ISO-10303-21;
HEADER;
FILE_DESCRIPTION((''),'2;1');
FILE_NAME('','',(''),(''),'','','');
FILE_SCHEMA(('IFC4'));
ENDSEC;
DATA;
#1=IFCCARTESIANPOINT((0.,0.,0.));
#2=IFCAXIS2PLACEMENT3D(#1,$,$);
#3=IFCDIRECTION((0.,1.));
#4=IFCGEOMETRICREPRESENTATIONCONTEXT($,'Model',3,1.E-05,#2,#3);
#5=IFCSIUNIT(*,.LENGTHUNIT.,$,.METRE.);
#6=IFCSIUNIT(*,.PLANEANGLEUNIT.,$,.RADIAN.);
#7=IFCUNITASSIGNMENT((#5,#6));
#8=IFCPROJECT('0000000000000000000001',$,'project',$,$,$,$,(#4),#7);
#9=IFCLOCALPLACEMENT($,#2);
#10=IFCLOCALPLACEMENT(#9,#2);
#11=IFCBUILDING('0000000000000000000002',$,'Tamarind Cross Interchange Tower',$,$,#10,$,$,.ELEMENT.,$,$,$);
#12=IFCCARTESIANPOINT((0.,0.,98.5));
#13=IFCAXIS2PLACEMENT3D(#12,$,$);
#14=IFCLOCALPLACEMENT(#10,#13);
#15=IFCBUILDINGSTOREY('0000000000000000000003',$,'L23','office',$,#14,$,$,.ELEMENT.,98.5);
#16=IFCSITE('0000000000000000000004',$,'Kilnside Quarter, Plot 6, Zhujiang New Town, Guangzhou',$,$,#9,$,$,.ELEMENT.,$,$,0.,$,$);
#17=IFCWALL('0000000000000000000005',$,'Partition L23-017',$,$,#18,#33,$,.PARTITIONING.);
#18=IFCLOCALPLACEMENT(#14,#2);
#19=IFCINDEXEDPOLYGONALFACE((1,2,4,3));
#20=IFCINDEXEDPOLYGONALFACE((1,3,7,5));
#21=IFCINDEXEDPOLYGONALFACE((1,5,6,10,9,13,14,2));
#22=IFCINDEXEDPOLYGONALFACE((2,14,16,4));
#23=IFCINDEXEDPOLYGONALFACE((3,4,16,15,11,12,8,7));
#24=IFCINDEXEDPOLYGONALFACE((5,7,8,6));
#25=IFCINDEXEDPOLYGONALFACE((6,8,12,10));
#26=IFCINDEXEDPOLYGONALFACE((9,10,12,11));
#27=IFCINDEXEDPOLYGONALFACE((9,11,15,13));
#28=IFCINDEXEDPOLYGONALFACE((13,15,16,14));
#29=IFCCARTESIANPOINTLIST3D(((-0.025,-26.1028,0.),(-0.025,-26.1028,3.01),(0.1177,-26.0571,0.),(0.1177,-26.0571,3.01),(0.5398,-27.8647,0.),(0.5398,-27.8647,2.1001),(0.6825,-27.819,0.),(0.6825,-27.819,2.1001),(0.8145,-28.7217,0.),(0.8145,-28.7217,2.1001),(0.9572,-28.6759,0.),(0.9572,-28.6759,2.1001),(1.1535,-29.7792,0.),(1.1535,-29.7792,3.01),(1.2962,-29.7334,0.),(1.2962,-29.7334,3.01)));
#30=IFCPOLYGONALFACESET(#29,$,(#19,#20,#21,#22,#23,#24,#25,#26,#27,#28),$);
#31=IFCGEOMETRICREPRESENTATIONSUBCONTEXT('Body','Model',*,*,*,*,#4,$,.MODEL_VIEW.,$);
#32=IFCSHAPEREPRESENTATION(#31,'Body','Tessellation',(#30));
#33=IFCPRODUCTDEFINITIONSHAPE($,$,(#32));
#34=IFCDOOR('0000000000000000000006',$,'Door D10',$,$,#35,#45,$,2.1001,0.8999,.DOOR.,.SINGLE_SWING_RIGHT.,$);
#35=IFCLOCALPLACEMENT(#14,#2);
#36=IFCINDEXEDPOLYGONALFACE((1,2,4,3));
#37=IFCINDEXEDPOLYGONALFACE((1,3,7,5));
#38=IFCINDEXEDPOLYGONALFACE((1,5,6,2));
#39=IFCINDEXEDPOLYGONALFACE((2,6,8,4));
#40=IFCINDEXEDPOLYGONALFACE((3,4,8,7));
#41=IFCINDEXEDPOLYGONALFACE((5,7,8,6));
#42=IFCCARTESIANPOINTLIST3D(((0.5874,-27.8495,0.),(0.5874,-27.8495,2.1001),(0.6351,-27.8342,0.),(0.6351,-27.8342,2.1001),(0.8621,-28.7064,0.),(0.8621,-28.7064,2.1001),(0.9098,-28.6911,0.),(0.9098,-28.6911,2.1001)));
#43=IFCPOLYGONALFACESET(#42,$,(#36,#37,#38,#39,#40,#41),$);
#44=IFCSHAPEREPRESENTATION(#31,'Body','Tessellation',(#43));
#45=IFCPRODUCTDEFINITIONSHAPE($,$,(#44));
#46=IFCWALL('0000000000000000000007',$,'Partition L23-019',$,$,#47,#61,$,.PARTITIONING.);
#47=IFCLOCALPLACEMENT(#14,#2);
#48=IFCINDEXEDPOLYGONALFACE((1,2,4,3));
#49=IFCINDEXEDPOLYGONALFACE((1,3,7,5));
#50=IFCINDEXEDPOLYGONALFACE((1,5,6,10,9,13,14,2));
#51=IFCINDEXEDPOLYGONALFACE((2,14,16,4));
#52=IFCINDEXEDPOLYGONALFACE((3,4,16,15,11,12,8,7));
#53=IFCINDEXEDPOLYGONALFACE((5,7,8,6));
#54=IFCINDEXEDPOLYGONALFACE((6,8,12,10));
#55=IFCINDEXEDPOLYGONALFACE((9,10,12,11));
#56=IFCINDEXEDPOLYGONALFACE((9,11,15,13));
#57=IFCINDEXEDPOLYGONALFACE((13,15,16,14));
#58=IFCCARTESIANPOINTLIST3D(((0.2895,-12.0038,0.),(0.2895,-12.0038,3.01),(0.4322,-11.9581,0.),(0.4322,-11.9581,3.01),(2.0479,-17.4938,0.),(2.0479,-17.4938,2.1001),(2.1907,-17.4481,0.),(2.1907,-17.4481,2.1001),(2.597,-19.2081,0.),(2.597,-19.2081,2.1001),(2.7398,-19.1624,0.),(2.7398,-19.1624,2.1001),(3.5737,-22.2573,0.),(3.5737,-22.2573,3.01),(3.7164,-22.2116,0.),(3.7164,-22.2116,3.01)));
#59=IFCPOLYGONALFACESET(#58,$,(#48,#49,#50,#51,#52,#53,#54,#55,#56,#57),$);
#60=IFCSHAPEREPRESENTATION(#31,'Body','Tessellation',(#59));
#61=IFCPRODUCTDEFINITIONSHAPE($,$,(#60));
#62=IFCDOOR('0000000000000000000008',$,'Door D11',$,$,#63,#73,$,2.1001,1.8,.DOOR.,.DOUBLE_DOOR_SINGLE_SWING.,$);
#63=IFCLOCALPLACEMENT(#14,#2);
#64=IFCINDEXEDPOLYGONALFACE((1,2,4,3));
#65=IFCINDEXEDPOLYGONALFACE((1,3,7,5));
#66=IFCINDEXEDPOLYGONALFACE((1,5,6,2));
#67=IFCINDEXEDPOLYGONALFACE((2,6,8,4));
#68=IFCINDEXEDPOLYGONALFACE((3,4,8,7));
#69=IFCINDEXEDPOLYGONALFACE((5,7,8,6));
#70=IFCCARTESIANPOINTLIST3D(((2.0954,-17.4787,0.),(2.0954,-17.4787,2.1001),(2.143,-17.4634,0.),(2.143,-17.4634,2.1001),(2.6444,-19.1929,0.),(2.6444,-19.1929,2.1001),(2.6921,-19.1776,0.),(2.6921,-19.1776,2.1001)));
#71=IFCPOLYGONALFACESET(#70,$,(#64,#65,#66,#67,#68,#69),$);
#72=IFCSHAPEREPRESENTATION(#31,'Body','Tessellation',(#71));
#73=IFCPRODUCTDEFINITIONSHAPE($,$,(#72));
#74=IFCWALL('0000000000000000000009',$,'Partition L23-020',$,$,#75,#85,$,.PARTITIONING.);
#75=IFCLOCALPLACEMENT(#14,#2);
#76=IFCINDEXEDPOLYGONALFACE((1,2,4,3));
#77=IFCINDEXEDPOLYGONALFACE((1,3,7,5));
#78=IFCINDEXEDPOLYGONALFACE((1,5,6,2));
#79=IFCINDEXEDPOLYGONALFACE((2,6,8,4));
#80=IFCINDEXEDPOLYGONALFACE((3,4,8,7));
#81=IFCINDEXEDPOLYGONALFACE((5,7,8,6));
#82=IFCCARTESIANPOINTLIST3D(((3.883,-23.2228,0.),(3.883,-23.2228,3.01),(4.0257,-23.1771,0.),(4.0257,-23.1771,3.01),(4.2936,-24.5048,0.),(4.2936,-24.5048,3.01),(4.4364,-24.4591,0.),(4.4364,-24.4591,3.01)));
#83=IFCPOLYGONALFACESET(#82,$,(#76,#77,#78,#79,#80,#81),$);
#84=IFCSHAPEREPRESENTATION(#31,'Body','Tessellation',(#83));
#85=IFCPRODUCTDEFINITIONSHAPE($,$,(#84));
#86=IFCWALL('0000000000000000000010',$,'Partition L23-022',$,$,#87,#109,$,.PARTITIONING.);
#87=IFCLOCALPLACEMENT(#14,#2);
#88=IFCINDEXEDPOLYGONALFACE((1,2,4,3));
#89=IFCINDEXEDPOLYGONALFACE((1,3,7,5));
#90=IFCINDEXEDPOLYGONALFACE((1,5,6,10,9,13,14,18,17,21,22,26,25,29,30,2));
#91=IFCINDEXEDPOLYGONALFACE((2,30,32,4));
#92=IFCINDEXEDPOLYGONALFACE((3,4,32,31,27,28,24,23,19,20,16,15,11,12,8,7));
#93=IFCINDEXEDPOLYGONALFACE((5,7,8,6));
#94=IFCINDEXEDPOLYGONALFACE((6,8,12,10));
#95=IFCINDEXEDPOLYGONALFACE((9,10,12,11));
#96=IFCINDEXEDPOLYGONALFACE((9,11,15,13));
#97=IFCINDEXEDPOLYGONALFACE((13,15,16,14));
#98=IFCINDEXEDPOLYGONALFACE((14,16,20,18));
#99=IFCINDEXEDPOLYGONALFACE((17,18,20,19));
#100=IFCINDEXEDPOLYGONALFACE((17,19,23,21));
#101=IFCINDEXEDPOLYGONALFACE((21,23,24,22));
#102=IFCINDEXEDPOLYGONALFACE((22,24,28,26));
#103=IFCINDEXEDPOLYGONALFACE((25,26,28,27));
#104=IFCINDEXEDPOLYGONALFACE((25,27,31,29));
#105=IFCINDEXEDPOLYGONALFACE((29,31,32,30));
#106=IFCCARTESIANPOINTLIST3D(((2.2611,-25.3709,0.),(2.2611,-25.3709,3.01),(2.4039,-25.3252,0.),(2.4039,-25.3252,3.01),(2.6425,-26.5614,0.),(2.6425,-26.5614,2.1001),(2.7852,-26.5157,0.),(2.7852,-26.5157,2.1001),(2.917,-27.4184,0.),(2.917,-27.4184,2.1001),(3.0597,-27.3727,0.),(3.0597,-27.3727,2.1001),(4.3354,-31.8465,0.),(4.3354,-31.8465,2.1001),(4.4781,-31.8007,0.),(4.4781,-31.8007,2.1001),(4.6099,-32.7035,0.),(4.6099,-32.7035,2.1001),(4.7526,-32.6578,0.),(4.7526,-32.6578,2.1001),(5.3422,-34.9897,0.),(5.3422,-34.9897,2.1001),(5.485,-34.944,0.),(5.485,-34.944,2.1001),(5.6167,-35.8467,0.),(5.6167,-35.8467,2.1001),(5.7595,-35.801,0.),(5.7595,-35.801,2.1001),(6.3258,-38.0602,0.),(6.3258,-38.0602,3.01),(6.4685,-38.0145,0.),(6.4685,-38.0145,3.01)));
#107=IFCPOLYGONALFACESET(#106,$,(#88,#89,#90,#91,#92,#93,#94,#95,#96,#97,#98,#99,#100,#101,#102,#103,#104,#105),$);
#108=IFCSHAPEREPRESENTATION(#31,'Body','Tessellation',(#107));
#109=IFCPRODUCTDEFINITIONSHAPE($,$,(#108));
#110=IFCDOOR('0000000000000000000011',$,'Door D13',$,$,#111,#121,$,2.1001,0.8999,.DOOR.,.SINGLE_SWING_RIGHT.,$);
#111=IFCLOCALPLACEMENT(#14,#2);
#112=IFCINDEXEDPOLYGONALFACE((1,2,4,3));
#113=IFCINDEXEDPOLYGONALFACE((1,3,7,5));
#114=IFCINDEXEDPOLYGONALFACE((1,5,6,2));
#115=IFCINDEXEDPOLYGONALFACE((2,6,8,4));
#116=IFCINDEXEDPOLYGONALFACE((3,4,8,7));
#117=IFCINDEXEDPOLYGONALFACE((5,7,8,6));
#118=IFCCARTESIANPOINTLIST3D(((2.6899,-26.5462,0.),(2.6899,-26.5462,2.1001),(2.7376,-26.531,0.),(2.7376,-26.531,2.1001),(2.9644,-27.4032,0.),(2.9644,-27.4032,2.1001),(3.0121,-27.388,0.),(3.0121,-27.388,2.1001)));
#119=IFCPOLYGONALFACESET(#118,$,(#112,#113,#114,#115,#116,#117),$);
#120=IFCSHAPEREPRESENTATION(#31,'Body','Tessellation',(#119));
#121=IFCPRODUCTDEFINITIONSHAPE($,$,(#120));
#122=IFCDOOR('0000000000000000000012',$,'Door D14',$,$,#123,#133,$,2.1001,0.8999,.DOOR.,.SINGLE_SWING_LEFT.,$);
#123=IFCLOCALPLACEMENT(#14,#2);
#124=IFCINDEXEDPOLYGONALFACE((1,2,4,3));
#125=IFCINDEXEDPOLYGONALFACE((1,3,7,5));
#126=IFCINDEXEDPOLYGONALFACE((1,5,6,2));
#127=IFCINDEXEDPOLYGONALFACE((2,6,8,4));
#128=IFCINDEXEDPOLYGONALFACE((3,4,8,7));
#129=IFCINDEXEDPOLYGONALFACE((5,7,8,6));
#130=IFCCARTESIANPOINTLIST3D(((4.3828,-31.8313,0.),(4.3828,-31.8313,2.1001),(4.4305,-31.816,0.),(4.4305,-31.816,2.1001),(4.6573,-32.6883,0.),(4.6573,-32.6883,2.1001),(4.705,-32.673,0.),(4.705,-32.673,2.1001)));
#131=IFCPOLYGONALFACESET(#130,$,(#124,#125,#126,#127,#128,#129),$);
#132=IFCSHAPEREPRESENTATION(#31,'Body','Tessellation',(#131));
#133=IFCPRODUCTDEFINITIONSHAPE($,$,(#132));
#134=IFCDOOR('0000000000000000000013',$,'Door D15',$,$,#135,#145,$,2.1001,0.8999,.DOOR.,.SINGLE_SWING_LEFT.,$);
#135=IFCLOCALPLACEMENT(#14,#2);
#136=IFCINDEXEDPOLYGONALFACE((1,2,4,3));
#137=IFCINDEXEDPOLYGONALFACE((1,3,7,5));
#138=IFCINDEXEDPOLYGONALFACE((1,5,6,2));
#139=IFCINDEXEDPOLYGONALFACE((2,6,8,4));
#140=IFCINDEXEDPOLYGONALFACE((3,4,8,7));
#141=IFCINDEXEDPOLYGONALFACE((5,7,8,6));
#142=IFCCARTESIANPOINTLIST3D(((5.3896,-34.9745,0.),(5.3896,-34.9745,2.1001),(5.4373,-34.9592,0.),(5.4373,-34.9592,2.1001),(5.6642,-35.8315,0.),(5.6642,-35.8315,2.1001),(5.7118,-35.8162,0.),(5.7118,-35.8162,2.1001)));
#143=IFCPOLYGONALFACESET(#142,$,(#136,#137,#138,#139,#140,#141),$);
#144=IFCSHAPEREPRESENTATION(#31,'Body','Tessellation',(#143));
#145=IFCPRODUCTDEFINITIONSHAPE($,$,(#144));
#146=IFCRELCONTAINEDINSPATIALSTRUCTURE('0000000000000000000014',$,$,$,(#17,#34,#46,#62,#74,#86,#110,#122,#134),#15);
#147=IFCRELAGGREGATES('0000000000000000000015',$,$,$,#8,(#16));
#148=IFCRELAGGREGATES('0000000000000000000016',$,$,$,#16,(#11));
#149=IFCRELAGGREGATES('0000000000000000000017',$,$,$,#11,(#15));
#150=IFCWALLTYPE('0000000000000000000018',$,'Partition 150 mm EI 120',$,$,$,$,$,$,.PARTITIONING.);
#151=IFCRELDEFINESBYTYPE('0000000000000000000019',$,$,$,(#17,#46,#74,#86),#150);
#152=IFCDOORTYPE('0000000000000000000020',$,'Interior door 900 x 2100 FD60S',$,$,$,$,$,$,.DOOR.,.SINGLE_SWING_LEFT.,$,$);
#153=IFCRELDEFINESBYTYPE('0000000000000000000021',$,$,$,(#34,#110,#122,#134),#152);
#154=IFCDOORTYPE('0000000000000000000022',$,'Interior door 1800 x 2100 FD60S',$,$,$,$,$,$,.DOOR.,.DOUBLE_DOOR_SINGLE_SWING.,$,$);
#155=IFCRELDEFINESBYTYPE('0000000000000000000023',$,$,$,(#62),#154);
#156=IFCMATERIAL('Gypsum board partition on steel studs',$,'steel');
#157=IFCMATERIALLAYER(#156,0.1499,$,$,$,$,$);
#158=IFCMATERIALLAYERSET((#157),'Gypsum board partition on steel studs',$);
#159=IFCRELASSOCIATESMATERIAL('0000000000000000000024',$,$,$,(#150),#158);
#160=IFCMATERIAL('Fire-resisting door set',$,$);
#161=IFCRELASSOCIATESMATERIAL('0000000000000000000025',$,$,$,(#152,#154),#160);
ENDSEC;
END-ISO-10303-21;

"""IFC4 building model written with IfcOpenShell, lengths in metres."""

from ifc_helpers import new_model, si_unit, direction, frame, frame_2d, origin, place, context, subcontext, project, spatial, rectangle, extrude, material, layer, layer_set, type_object, element, fill, save


model = new_model("IFC4")

# Units and contexts
model_context = context("Model", 3, precision=1e-05, world=origin(), true_north=direction((0.0, 1.0)))
body_context = subcontext(model_context, "Body", "Model", "MODEL_VIEW")
ifc_project = project(units=[si_unit("LENGTHUNIT", "METRE"), si_unit("PLANEANGLEUNIT", "RADIAN")], contexts=[model_context])

# Site, building, storey
site_placement = place(None, origin())
site = spatial("IfcSite", under=ifc_project, at=site_placement, Name="Kilnside Quarter, Plot 6, Zhujiang New Town, Guangzhou", CompositionType="ELEMENT", RefElevation=0.0)
building_placement = place(site_placement, origin())
building = spatial("IfcBuilding", under=site, at=building_placement, Name="Tamarind Cross Interchange Tower", CompositionType="ELEMENT")
storey_placement = place(building_placement, frame((0.0, 0.0, 98.5)))
storey = spatial("IfcBuildingStorey", under=building, at=storey_placement, Name="L23", Description="office", CompositionType="ELEMENT", Elevation=98.5)

# Shared definitions
ifc_material_1 = material(Name="Gypsum board partition on steel studs", Category="steel")

# Walls, openings, doors
ifc_layer_1 = layer(ifc_material_1, 0.1499)
ifc_layer_set_1 = layer_set([ifc_layer_1], Name="Gypsum board partition on steel studs")
wall_type_1 = type_object("IfcWallType", Name="Partition 150 mm EI 120", PredefinedType="PARTITIONING", material=ifc_layer_set_1)
wall_1_placement = place(storey_placement, frame((0.0464, -26.0801, 0.0), z_axis=(0.0, 0.0, 1.0), x_axis=(0.30526, -0.952269, 0.0)))
wall_1 = element("IfcWall", 1, at=wall_1_placement, inside=storey, type_object=wall_type_1, Name="Partition L23-017", PredefinedType="PARTITIONING", context=body_context, shape_type="SweptSolid", body=[
    extrude(rectangle(XDim=3.8606, YDim=0.1499, at=frame_2d((1.9302, 0.0))), origin(), (0.0, 0.0, 1.0), 3.01),
])
opening_1_placement = place(wall_1_placement, frame((1.8501, 0.0, 0.0)))
opening_1 = element("IfcOpeningElement", 2, at=opening_1_placement, cuts=wall_1, PredefinedType="OPENING", context=body_context, shape_type="SweptSolid", body=[
    extrude(rectangle(XDim=0.8999, YDim=2.1001, at=frame_2d((0.45, 1.05))), frame((0.0, 0.085, 0.0), z_axis=(0.0, -1.0, 0.0), x_axis=(1.0, 0.0, 0.0)), (0.0, 0.0, 1.0), 0.1699),
])
ifc_material_2 = material(Name="Fire-resisting door set")
door_type_1 = type_object("IfcDoorType", Name="Interior door 900 x 2100 FD60S", OperationType="SINGLE_SWING_LEFT", PredefinedType="DOOR", material=ifc_material_2)
door_1_placement = place(opening_1_placement, frame((0.8999, 0.0, 0.0), z_axis=(0.0, 0.0, 1.0), x_axis=(-1.0, 0.0, 0.0)))
door_1 = element("IfcDoor", 3, at=door_1_placement, inside=storey, type_object=door_type_1, Name="Door D10", OperationType="SINGLE_SWING_RIGHT", OverallHeight=2.1001, OverallWidth=0.8999, PredefinedType="DOOR", context=body_context, shape_type="SweptSolid", body=[
    extrude(rectangle(XDim=0.8999, YDim=2.1001, at=frame_2d((0.45, 1.05))), frame((0.0, 0.0249, 0.0), z_axis=(0.0, -1.0, 0.0), x_axis=(1.0, 0.0, 0.0)), (0.0, 0.0, 1.0), 0.05),
])
fill(opening_1, door_1)
wall_2_placement = place(storey_placement, frame((0.3608, -11.981, 0.0), z_axis=(0.0, 0.0, 1.0), x_axis=(0.305036, -0.952341, 0.0)))
wall_2 = element("IfcWall", 4, at=wall_2_placement, inside=storey, type_object=wall_type_1, Name="Partition L23-019", PredefinedType="PARTITIONING", context=body_context, shape_type="SweptSolid", body=[
    extrude(rectangle(XDim=10.7666, YDim=0.1499, at=frame_2d((5.3833, 0.0))), origin(), (0.0, 0.0, 1.0), 3.01),
])
opening_2_placement = place(wall_2_placement, frame((5.7649, 0.0, 0.0)))
opening_2 = element("IfcOpeningElement", 5, at=opening_2_placement, cuts=wall_2, PredefinedType="OPENING", context=body_context, shape_type="SweptSolid", body=[
    extrude(rectangle(XDim=1.8, YDim=2.1001, at=frame_2d((0.8999, 1.05))), frame((0.0, 0.085, 0.0), z_axis=(0.0, -1.0, 0.0), x_axis=(1.0, 0.0, 0.0)), (0.0, 0.0, 1.0), 0.1699),
])
door_type_2 = type_object("IfcDoorType", Name="Interior door 1800 x 2100 FD60S", OperationType="DOUBLE_DOOR_SINGLE_SWING", PredefinedType="DOOR", material=ifc_material_2)
door_2_placement = place(opening_2_placement, origin())
door_2 = element("IfcDoor", 6, at=door_2_placement, inside=storey, type_object=door_type_2, Name="Door D11", OperationType="DOUBLE_DOOR_SINGLE_SWING", OverallHeight=2.1001, OverallWidth=1.8, PredefinedType="DOOR", context=body_context, shape_type="SweptSolid", body=[
    extrude(rectangle(XDim=1.8, YDim=2.1001, at=frame_2d((0.8999, 1.05))), frame((0.0, 0.0249, 0.0), z_axis=(0.0, -1.0, 0.0), x_axis=(1.0, 0.0, 0.0)), (0.0, 0.0, 1.0), 0.05),
])
fill(opening_2, door_2)

# Wall
wall_3_placement = place(storey_placement, frame((3.9543, -23.2, 0.0), z_axis=(0.0, 0.0, 1.0), x_axis=(0.305052, -0.952336, 0.0)))
element("IfcWall", 7, at=wall_3_placement, inside=storey, type_object=wall_type_1, Name="Partition L23-020", PredefinedType="PARTITIONING", context=body_context, shape_type="SweptSolid", body=[
    extrude(rectangle(XDim=1.3462, YDim=0.1499, at=frame_2d((0.6731, 0.0))), origin(), (0.0, 0.0, 1.0), 3.01),
])

# Wall, openings, doors
wall_4_placement = place(storey_placement, frame((2.3325, -25.3481, 0.0), z_axis=(0.0, 0.0, 1.0), x_axis=(0.305053, -0.952335, 0.0)))
wall_4 = element("IfcWall", 8, at=wall_4_placement, inside=storey, type_object=wall_type_1, Name="Partition L23-022", PredefinedType="PARTITIONING", context=body_context, shape_type="SweptSolid", body=[
    extrude(rectangle(XDim=13.3245, YDim=0.1499, at=frame_2d((6.6621, 0.0))), origin(), (0.0, 0.0, 1.0), 3.01),
])
opening_3_placement = place(wall_4_placement, frame((1.25, 0.0, 0.0)))
opening_3 = element("IfcOpeningElement", 9, at=opening_3_placement, cuts=wall_4, PredefinedType="OPENING", context=body_context, shape_type="SweptSolid", body=[
    extrude(rectangle(XDim=0.8999, YDim=2.1001, at=frame_2d((0.45, 1.05))), frame((0.0, 0.085, 0.0), z_axis=(0.0, -1.0, 0.0), x_axis=(1.0, 0.0, 0.0)), (0.0, 0.0, 1.0), 0.1699),
])
opening_4_placement = place(wall_4_placement, frame((6.7996, 0.0, 0.0)))
opening_4 = element("IfcOpeningElement", 10, at=opening_4_placement, cuts=wall_4, PredefinedType="OPENING", context=body_context, shape_type="SweptSolid", body=[
    extrude(rectangle(XDim=0.8999, YDim=2.1001, at=frame_2d((0.45, 1.05))), frame((0.0, 0.085, 0.0), z_axis=(0.0, -1.0, 0.0), x_axis=(1.0, 0.0, 0.0)), (0.0, 0.0, 1.0), 0.1699),
])
opening_5_placement = place(wall_4_placement, frame((10.1001, 0.0, 0.0)))
opening_5 = element("IfcOpeningElement", 11, at=opening_5_placement, cuts=wall_4, PredefinedType="OPENING", context=body_context, shape_type="SweptSolid", body=[
    extrude(rectangle(XDim=0.8999, YDim=2.1001, at=frame_2d((0.45, 1.05))), frame((0.0, 0.085, 0.0), z_axis=(0.0, -1.0, 0.0), x_axis=(1.0, 0.0, 0.0)), (0.0, 0.0, 1.0), 0.1699),
])
door_3_placement = place(opening_3_placement, origin())
door_3 = element("IfcDoor", 12, at=door_3_placement, inside=storey, type_object=door_type_1, Name="Door D13", OperationType="SINGLE_SWING_RIGHT", OverallHeight=2.1001, OverallWidth=0.8999, PredefinedType="DOOR", context=body_context, shape_type="SweptSolid", body=[
    extrude(rectangle(XDim=0.8999, YDim=2.1001, at=frame_2d((0.45, 1.05))), frame((0.0, 0.0249, 0.0), z_axis=(0.0, -1.0, 0.0), x_axis=(1.0, 0.0, 0.0)), (0.0, 0.0, 1.0), 0.05),
])
fill(opening_3, door_3)
door_4_placement = place(opening_4_placement, origin())
door_4 = element("IfcDoor", 13, at=door_4_placement, inside=storey, type_object=door_type_1, Name="Door D14", OperationType="SINGLE_SWING_LEFT", OverallHeight=2.1001, OverallWidth=0.8999, PredefinedType="DOOR", context=body_context, shape_type="SweptSolid", body=[
    extrude(rectangle(XDim=0.8999, YDim=2.1001, at=frame_2d((0.45, 1.05))), frame((0.0, 0.0249, 0.0), z_axis=(0.0, -1.0, 0.0), x_axis=(1.0, 0.0, 0.0)), (0.0, 0.0, 1.0), 0.05),
])
fill(opening_4, door_4)
door_5_placement = place(opening_5_placement, origin())
door_5 = element("IfcDoor", 14, at=door_5_placement, inside=storey, type_object=door_type_1, Name="Door D15", OperationType="SINGLE_SWING_LEFT", OverallHeight=2.1001, OverallWidth=0.8999, PredefinedType="DOOR", context=body_context, shape_type="SweptSolid", body=[
    extrude(rectangle(XDim=0.8999, YDim=2.1001, at=frame_2d((0.45, 1.05))), frame((0.0, 0.0249, 0.0), z_axis=(0.0, -1.0, 0.0), x_axis=(1.0, 0.0, 0.0)), (0.0, 0.0, 1.0), 0.05),
])
fill(opening_5, door_5)

save(model, "model.ifc")
